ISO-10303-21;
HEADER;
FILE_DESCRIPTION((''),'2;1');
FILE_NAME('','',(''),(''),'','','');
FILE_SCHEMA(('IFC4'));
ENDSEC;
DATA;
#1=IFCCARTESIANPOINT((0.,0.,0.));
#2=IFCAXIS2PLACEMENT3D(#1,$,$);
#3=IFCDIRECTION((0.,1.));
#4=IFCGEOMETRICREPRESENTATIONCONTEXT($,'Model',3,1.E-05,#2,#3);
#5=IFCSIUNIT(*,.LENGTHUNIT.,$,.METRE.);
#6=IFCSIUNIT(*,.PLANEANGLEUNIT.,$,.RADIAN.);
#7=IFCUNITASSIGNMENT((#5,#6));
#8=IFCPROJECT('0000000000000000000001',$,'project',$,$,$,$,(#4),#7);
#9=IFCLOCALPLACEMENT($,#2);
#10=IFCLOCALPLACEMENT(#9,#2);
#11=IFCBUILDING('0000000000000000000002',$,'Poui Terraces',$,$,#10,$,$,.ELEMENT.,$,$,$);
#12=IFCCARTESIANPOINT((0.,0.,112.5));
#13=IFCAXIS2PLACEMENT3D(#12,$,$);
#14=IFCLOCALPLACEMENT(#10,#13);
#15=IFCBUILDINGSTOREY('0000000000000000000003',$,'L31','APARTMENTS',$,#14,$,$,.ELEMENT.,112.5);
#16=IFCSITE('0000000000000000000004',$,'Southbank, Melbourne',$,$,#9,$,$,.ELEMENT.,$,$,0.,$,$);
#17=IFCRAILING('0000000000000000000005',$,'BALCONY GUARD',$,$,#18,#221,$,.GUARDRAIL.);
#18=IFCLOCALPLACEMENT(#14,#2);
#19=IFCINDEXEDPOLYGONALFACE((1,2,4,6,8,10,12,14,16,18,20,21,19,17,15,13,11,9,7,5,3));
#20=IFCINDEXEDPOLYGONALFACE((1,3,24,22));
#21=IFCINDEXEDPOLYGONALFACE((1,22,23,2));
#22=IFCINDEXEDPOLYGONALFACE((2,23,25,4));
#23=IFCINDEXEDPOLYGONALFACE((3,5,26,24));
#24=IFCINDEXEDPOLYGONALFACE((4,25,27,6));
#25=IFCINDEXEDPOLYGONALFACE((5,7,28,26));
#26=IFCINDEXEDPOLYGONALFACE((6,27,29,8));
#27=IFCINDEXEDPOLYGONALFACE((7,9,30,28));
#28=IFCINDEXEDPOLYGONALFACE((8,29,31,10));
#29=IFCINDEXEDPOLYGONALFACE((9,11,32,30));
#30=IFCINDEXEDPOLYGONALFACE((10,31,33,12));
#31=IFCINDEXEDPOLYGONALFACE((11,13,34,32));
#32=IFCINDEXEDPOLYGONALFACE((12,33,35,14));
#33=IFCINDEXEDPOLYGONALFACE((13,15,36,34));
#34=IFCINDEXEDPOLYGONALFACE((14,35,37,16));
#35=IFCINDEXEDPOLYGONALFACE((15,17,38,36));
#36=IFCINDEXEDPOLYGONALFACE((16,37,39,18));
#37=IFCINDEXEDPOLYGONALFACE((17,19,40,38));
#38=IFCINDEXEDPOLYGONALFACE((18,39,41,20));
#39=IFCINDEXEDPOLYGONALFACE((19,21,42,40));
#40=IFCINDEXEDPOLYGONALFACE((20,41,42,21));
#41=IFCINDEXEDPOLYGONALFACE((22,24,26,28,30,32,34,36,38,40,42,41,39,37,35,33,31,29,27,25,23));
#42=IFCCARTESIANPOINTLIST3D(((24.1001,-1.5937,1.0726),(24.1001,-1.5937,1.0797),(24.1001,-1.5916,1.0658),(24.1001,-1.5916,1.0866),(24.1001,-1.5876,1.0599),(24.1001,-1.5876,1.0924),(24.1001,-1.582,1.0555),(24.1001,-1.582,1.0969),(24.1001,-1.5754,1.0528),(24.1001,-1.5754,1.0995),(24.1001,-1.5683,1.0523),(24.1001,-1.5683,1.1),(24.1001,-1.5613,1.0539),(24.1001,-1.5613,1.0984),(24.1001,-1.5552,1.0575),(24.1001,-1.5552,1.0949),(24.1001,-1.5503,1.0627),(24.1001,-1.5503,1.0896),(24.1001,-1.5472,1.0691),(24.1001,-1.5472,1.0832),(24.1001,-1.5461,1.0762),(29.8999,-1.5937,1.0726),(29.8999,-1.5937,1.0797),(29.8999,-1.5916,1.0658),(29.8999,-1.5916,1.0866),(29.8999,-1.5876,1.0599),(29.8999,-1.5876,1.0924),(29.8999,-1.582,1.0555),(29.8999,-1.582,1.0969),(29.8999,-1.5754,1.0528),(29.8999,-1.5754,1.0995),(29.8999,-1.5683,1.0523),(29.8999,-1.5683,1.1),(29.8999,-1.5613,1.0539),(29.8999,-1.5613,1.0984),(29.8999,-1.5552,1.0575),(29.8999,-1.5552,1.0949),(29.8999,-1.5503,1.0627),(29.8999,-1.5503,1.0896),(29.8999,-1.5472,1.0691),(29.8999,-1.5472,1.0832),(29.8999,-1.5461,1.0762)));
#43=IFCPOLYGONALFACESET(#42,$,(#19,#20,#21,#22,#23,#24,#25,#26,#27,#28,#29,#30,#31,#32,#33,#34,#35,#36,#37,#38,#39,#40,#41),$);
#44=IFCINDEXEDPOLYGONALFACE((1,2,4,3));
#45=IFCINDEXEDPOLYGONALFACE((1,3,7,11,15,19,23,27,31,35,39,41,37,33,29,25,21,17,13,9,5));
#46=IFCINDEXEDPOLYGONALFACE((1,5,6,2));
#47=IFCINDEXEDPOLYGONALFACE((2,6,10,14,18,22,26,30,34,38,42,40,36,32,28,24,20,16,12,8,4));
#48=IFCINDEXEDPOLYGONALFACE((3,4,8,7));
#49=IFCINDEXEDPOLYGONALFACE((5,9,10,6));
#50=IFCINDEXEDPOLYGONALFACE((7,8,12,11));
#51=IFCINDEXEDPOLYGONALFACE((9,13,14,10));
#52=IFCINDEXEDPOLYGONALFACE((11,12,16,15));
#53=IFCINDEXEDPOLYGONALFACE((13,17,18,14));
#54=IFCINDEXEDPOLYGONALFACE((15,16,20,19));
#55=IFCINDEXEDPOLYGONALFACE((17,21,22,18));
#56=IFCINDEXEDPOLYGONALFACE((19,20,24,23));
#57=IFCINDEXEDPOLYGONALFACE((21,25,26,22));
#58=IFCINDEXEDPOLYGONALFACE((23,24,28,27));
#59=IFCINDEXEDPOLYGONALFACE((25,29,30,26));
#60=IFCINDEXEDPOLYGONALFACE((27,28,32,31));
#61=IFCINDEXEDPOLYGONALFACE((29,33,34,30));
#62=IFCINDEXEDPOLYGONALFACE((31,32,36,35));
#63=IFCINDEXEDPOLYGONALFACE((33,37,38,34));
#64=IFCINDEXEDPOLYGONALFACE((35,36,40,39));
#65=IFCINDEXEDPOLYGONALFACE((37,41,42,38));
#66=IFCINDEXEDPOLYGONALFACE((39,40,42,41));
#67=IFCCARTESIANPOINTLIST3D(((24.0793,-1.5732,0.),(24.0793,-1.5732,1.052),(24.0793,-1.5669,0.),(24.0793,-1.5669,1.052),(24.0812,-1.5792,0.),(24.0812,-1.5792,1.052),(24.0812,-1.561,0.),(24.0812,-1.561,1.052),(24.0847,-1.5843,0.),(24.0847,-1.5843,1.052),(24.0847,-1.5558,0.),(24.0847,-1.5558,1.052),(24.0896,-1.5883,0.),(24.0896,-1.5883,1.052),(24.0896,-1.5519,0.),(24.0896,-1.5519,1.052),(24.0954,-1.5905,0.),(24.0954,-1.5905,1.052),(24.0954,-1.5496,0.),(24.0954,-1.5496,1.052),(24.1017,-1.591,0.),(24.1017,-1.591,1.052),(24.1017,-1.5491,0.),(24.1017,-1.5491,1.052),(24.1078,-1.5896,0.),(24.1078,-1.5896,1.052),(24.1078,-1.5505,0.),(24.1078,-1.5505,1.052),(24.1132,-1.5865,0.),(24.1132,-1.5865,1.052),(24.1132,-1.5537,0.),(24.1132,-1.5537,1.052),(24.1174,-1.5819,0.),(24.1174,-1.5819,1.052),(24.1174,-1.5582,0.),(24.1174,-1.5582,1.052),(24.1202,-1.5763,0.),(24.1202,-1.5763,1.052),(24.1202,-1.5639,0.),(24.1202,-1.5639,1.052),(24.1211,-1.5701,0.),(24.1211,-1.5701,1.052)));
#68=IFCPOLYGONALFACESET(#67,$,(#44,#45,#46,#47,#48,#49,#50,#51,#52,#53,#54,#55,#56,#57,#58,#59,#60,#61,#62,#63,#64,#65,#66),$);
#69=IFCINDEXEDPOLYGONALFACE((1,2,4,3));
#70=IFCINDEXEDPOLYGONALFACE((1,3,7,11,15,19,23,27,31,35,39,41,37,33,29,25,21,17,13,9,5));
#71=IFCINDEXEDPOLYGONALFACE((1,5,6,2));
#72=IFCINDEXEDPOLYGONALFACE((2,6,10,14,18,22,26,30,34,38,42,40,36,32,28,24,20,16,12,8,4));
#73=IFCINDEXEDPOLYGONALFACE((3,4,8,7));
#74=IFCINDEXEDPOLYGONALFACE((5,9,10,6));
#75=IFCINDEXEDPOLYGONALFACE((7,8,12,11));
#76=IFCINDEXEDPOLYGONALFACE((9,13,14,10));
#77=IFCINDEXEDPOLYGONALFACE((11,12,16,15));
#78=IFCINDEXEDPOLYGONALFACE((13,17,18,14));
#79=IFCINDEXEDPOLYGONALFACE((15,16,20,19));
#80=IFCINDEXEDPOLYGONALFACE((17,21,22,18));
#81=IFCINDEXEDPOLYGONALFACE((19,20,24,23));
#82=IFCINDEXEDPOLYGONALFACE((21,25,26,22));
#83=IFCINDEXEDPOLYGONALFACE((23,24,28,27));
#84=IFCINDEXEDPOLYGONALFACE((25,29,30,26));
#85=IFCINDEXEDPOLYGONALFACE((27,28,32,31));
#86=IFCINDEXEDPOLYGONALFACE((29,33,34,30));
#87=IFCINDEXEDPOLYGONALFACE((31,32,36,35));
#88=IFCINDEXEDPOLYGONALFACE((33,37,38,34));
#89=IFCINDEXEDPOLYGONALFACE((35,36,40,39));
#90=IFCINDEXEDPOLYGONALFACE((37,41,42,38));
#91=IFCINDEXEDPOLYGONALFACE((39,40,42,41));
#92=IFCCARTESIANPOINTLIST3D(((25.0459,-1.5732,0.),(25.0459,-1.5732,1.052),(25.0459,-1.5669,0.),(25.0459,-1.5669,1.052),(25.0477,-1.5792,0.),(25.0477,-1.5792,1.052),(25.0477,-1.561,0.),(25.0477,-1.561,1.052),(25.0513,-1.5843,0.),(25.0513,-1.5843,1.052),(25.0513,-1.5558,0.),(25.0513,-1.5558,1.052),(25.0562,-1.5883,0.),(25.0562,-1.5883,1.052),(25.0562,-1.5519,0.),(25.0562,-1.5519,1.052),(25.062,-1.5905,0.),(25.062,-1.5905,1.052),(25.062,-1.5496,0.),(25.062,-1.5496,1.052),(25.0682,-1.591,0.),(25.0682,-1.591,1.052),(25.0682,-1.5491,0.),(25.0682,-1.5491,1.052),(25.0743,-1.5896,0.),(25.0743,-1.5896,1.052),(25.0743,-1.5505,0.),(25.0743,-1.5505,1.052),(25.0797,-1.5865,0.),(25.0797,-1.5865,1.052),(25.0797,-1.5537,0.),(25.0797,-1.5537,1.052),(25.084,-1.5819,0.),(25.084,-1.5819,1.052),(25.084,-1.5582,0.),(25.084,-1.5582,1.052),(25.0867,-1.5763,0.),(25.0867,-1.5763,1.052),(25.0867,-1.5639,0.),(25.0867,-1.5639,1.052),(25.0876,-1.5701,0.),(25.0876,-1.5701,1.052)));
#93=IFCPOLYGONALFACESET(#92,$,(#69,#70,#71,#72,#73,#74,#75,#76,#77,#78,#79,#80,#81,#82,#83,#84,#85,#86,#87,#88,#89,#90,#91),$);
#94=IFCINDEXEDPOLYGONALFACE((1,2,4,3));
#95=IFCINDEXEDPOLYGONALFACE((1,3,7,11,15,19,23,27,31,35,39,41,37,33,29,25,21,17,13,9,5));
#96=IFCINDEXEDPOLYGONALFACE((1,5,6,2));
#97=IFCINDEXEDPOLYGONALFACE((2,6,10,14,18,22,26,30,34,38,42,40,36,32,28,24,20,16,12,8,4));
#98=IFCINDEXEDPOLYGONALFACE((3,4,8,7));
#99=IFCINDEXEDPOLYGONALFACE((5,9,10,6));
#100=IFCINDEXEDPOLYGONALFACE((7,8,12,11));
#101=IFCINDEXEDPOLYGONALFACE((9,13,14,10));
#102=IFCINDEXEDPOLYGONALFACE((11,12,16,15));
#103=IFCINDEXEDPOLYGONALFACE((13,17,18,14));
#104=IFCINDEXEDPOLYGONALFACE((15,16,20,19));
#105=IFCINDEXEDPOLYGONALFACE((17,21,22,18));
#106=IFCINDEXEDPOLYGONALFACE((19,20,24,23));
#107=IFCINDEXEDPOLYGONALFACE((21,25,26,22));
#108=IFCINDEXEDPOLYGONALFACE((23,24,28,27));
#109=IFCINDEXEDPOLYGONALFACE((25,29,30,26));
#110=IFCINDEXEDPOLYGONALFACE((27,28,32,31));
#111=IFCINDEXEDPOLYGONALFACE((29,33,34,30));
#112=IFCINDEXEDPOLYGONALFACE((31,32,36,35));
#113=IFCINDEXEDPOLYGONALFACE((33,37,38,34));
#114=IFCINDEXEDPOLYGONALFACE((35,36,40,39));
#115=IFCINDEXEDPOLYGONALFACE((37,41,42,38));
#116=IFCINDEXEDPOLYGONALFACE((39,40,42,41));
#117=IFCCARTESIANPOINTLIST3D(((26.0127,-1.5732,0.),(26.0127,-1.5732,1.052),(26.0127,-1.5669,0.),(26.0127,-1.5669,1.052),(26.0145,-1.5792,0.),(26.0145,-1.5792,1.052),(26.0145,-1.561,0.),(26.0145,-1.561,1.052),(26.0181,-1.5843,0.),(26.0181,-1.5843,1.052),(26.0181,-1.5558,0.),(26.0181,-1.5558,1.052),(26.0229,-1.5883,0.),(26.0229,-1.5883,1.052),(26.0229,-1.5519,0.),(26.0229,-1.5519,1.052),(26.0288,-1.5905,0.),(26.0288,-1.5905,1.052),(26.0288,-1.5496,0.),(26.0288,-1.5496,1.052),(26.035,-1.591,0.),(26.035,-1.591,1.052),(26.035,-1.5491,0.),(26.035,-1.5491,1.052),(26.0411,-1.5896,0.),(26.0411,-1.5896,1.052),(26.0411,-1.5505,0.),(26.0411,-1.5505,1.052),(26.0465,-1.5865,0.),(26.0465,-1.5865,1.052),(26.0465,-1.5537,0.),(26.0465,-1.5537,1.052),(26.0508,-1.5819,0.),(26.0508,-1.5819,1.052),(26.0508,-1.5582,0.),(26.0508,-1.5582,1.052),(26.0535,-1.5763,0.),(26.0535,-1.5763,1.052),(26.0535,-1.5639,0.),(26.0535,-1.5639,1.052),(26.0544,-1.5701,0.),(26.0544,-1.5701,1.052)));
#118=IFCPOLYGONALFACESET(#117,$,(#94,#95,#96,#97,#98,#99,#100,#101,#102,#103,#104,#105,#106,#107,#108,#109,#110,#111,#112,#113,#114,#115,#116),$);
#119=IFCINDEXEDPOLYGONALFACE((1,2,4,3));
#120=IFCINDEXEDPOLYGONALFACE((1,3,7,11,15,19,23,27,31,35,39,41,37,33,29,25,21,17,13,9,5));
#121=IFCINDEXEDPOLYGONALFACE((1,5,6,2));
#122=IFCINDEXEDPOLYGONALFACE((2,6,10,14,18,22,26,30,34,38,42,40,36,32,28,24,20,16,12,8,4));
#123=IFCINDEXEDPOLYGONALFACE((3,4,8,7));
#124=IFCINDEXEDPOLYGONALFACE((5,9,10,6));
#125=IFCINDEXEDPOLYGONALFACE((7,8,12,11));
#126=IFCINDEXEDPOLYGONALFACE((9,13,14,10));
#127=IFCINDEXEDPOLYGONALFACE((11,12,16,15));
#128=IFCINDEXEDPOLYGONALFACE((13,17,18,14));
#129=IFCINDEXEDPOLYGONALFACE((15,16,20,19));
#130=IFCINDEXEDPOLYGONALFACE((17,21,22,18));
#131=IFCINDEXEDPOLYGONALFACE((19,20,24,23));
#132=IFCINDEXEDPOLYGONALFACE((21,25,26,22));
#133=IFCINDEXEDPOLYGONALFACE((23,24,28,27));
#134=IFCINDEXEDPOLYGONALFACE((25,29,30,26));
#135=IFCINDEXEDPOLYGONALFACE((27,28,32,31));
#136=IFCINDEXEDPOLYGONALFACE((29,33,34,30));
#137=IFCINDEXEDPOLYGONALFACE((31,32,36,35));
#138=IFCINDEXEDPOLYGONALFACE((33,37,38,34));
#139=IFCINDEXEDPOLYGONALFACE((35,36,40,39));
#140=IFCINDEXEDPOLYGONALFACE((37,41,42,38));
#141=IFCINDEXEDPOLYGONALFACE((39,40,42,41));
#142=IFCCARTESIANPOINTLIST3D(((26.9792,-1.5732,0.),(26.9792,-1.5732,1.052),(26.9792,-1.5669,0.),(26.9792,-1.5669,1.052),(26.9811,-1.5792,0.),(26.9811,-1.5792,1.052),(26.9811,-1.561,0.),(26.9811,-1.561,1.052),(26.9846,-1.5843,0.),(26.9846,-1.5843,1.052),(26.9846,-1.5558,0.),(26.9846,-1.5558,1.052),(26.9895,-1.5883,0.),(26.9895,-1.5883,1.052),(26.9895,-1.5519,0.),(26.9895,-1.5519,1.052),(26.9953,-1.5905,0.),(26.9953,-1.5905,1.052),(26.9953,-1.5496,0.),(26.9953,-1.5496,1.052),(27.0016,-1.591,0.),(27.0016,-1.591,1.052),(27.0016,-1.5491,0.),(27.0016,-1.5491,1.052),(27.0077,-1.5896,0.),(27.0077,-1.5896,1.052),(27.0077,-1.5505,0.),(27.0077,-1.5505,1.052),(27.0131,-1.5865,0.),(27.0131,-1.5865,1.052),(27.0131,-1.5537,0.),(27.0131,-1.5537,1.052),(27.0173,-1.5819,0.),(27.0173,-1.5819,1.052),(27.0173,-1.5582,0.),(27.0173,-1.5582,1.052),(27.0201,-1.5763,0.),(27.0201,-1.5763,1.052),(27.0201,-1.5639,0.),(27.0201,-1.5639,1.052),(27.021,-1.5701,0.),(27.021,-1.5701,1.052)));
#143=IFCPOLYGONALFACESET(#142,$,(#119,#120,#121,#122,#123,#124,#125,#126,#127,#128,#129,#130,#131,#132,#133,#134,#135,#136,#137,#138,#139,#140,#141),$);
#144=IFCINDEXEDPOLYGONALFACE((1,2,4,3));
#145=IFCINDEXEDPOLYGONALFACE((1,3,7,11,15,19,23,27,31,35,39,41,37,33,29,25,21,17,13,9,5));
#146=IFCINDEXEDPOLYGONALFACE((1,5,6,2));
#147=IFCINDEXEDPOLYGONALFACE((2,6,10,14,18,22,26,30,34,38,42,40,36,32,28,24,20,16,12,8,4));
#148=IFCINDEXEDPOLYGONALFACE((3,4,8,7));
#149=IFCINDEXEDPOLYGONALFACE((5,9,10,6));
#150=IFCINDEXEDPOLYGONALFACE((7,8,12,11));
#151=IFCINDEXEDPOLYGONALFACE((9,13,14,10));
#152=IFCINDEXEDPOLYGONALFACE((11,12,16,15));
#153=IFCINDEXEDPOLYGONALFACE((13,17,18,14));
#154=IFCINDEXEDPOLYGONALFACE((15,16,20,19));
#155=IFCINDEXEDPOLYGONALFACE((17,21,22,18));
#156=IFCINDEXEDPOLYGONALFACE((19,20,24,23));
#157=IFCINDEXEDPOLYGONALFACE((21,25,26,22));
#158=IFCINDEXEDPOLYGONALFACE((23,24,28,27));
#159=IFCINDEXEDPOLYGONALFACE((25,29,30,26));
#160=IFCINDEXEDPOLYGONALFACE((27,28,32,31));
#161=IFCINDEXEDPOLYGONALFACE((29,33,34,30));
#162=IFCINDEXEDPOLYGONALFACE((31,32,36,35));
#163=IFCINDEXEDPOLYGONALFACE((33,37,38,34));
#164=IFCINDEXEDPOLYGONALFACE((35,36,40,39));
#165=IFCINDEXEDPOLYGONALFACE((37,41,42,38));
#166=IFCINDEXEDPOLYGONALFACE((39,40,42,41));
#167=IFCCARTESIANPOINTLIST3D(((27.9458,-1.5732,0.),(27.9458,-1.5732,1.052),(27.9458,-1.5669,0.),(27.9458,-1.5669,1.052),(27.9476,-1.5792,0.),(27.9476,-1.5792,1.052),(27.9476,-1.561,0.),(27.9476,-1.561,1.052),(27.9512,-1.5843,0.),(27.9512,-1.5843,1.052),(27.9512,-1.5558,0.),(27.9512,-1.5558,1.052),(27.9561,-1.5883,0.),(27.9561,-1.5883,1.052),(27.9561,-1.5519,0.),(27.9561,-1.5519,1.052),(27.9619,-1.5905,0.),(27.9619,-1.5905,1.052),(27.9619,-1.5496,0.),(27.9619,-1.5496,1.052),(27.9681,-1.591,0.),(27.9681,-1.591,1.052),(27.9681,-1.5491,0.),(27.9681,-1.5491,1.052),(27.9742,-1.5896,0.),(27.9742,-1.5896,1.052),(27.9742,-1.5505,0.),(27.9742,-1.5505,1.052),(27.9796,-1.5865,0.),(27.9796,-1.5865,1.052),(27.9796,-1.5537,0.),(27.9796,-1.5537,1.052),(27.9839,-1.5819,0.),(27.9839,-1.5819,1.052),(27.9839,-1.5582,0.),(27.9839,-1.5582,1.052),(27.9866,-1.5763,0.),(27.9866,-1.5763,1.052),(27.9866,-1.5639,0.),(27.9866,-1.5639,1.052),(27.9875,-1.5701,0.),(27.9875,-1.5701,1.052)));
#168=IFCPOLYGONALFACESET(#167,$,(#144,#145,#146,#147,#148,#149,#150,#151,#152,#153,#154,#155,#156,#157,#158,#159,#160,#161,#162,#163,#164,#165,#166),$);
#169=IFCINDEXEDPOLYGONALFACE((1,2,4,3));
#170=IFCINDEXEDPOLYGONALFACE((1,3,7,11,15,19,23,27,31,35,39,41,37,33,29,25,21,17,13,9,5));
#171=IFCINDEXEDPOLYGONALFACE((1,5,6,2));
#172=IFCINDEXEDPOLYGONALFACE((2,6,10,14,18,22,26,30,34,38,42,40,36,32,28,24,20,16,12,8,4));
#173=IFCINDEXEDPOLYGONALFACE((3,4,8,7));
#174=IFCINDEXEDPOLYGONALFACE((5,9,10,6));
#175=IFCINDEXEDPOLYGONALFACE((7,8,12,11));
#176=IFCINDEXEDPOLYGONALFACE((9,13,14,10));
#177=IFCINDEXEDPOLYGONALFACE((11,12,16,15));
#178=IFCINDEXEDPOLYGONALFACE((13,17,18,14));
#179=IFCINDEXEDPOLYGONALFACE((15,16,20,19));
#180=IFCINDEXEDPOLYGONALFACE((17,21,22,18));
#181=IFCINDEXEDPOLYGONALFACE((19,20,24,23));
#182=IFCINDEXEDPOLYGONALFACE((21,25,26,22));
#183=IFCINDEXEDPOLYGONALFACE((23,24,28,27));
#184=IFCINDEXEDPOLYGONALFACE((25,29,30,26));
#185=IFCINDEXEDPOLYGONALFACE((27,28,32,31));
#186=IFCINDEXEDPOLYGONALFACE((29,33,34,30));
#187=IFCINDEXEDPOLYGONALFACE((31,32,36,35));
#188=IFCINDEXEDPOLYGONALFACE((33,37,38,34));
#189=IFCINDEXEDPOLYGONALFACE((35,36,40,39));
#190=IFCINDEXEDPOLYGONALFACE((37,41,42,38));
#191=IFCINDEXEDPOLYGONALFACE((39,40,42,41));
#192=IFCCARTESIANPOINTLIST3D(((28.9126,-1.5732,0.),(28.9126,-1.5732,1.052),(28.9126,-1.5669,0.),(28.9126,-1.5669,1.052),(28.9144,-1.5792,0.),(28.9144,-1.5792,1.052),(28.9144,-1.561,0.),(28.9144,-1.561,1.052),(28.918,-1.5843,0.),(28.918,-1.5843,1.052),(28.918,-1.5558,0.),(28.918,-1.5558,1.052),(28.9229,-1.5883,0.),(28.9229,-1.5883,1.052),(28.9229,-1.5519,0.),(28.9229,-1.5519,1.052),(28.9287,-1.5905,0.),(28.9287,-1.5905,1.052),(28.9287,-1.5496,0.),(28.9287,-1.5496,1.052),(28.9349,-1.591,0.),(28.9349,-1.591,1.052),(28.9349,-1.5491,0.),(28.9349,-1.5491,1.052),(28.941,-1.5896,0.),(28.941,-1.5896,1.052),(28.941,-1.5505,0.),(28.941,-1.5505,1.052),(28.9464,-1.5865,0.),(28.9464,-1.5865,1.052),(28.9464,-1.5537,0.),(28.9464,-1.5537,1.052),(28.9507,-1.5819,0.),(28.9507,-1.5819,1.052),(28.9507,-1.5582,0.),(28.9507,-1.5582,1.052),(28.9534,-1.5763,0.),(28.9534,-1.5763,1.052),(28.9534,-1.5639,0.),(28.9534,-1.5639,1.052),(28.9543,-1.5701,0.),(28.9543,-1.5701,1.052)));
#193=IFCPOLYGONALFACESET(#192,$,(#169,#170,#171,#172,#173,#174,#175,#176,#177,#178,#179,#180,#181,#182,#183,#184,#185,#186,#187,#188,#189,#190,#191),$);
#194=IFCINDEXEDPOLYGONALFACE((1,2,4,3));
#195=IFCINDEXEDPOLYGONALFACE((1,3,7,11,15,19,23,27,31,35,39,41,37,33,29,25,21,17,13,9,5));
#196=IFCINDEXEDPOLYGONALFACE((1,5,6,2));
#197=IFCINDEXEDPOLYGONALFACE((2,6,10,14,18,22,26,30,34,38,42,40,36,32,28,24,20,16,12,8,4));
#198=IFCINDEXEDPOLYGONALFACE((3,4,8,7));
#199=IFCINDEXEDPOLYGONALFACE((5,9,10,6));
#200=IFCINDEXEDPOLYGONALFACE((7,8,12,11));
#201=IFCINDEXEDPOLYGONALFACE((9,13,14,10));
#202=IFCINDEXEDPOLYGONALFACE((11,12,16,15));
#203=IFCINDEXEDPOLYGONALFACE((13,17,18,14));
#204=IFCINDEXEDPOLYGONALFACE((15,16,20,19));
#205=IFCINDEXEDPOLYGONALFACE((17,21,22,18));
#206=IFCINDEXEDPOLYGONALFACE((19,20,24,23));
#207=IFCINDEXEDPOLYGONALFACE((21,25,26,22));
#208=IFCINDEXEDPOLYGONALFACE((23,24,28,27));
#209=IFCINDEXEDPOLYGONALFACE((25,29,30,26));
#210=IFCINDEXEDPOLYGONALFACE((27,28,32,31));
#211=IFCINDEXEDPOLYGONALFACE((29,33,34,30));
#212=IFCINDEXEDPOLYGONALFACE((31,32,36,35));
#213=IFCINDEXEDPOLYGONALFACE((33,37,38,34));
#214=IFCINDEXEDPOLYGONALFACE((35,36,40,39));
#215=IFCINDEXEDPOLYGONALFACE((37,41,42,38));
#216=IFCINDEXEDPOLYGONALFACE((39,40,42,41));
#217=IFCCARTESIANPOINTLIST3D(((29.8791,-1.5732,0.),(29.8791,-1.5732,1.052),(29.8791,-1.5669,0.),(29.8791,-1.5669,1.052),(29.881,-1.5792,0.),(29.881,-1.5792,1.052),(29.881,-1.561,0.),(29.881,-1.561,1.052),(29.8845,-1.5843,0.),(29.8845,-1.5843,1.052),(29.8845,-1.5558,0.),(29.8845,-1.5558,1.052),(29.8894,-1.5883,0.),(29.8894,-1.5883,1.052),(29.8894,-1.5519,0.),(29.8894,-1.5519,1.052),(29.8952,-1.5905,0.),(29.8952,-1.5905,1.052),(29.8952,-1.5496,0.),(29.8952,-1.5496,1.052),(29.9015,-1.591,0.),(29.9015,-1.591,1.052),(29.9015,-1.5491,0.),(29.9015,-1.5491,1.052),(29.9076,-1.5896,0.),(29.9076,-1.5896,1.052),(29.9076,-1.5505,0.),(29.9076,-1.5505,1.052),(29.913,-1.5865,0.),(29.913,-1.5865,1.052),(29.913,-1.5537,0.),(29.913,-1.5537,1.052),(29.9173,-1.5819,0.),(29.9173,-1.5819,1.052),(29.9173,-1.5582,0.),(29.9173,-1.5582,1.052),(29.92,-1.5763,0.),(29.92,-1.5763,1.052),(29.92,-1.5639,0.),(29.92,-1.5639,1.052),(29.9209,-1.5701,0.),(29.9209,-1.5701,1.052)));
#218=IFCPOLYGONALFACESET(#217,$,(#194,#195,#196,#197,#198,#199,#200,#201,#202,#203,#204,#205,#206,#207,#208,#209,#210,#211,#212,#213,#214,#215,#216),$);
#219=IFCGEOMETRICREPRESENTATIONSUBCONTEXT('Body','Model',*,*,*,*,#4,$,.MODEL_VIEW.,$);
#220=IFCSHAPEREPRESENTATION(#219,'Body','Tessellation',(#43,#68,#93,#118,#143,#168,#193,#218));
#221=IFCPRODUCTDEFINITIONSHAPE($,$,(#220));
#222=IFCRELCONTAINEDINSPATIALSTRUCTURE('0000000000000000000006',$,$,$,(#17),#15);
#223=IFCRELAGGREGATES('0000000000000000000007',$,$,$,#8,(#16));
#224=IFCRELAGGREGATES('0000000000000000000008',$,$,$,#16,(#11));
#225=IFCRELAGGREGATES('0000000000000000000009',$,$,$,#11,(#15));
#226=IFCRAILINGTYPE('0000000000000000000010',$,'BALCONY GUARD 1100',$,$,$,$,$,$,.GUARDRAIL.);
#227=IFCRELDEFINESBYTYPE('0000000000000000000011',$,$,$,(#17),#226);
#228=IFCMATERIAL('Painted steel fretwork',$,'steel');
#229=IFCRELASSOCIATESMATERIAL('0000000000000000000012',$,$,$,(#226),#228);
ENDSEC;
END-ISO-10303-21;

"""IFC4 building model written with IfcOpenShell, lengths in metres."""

from ifc_helpers import new_model, si_unit, direction, frame, origin, origin_2d, place, context, subcontext, project, spatial, circle, extrude, material, type_object, element, save


model = new_model("IFC4")

# Units and contexts
model_context = context("Model", 3, precision=1e-05, world=origin(), true_north=direction((0.0, 1.0)))
body_context = subcontext(model_context, "Body", "Model", "MODEL_VIEW")
ifc_project = project(units=[si_unit("LENGTHUNIT", "METRE"), si_unit("PLANEANGLEUNIT", "RADIAN")], contexts=[model_context])

# Site, building, storey
site_placement = place(None, origin())
site = spatial("IfcSite", under=ifc_project, at=site_placement, Name="Southbank, Melbourne", CompositionType="ELEMENT", RefElevation=0.0)
building_placement = place(site_placement, origin())
building = spatial("IfcBuilding", under=site, at=building_placement, Name="Poui Terraces", CompositionType="ELEMENT")
storey_placement = place(building_placement, frame((0.0, 0.0, 112.5)))
storey = spatial("IfcBuildingStorey", under=building, at=storey_placement, Name="L31", Description="APARTMENTS", CompositionType="ELEMENT", Elevation=112.5)

# Railing
ifc_material_1 = material(Name="Painted steel fretwork", Category="steel")
railing_type = type_object("IfcRailingType", Name="BALCONY GUARD 1100", PredefinedType="GUARDRAIL", material=ifc_material_1)
railing_placement = place(storey_placement, frame((24.1001, -1.5701, 0.0)))
element("IfcRailing", 1, at=railing_placement, inside=storey, type_object=railing_type, Name="BALCONY GUARD", PredefinedType="GUARDRAIL", context=body_context, shape_type="SweptSolid", body=[
    extrude(circle(Radius=0.0239, at=origin_2d()), frame((0.0, 0.0, 1.0762), z_axis=(1.0, 0.0, 0.0), x_axis=(0.0, 1.0, 0.0)), (0.0, 0.0, 1.0), 5.7998),
    extrude(circle(Radius=0.021, at=origin_2d()), origin(), (0.0, 0.0, 1.0), 1.052),
    extrude(circle(Radius=0.021, at=origin_2d()), frame((0.9666, 0.0, 0.0)), (0.0, 0.0, 1.0), 1.052),
    extrude(circle(Radius=0.021, at=origin_2d()), frame((1.9333, 0.0, 0.0)), (0.0, 0.0, 1.0), 1.052),
    extrude(circle(Radius=0.021, at=origin_2d()), frame((2.8999, 0.0, 0.0)), (0.0, 0.0, 1.0), 1.052),
    extrude(circle(Radius=0.021, at=origin_2d()), frame((3.8665, 0.0, 0.0)), (0.0, 0.0, 1.0), 1.052),
    extrude(circle(Radius=0.021, at=origin_2d()), frame((4.8333, 0.0, 0.0)), (0.0, 0.0, 1.0), 1.052),
    extrude(circle(Radius=0.021, at=origin_2d()), frame((5.7998, 0.0, 0.0)), (0.0, 0.0, 1.0), 1.052),
])

save(model, "model.ifc")
